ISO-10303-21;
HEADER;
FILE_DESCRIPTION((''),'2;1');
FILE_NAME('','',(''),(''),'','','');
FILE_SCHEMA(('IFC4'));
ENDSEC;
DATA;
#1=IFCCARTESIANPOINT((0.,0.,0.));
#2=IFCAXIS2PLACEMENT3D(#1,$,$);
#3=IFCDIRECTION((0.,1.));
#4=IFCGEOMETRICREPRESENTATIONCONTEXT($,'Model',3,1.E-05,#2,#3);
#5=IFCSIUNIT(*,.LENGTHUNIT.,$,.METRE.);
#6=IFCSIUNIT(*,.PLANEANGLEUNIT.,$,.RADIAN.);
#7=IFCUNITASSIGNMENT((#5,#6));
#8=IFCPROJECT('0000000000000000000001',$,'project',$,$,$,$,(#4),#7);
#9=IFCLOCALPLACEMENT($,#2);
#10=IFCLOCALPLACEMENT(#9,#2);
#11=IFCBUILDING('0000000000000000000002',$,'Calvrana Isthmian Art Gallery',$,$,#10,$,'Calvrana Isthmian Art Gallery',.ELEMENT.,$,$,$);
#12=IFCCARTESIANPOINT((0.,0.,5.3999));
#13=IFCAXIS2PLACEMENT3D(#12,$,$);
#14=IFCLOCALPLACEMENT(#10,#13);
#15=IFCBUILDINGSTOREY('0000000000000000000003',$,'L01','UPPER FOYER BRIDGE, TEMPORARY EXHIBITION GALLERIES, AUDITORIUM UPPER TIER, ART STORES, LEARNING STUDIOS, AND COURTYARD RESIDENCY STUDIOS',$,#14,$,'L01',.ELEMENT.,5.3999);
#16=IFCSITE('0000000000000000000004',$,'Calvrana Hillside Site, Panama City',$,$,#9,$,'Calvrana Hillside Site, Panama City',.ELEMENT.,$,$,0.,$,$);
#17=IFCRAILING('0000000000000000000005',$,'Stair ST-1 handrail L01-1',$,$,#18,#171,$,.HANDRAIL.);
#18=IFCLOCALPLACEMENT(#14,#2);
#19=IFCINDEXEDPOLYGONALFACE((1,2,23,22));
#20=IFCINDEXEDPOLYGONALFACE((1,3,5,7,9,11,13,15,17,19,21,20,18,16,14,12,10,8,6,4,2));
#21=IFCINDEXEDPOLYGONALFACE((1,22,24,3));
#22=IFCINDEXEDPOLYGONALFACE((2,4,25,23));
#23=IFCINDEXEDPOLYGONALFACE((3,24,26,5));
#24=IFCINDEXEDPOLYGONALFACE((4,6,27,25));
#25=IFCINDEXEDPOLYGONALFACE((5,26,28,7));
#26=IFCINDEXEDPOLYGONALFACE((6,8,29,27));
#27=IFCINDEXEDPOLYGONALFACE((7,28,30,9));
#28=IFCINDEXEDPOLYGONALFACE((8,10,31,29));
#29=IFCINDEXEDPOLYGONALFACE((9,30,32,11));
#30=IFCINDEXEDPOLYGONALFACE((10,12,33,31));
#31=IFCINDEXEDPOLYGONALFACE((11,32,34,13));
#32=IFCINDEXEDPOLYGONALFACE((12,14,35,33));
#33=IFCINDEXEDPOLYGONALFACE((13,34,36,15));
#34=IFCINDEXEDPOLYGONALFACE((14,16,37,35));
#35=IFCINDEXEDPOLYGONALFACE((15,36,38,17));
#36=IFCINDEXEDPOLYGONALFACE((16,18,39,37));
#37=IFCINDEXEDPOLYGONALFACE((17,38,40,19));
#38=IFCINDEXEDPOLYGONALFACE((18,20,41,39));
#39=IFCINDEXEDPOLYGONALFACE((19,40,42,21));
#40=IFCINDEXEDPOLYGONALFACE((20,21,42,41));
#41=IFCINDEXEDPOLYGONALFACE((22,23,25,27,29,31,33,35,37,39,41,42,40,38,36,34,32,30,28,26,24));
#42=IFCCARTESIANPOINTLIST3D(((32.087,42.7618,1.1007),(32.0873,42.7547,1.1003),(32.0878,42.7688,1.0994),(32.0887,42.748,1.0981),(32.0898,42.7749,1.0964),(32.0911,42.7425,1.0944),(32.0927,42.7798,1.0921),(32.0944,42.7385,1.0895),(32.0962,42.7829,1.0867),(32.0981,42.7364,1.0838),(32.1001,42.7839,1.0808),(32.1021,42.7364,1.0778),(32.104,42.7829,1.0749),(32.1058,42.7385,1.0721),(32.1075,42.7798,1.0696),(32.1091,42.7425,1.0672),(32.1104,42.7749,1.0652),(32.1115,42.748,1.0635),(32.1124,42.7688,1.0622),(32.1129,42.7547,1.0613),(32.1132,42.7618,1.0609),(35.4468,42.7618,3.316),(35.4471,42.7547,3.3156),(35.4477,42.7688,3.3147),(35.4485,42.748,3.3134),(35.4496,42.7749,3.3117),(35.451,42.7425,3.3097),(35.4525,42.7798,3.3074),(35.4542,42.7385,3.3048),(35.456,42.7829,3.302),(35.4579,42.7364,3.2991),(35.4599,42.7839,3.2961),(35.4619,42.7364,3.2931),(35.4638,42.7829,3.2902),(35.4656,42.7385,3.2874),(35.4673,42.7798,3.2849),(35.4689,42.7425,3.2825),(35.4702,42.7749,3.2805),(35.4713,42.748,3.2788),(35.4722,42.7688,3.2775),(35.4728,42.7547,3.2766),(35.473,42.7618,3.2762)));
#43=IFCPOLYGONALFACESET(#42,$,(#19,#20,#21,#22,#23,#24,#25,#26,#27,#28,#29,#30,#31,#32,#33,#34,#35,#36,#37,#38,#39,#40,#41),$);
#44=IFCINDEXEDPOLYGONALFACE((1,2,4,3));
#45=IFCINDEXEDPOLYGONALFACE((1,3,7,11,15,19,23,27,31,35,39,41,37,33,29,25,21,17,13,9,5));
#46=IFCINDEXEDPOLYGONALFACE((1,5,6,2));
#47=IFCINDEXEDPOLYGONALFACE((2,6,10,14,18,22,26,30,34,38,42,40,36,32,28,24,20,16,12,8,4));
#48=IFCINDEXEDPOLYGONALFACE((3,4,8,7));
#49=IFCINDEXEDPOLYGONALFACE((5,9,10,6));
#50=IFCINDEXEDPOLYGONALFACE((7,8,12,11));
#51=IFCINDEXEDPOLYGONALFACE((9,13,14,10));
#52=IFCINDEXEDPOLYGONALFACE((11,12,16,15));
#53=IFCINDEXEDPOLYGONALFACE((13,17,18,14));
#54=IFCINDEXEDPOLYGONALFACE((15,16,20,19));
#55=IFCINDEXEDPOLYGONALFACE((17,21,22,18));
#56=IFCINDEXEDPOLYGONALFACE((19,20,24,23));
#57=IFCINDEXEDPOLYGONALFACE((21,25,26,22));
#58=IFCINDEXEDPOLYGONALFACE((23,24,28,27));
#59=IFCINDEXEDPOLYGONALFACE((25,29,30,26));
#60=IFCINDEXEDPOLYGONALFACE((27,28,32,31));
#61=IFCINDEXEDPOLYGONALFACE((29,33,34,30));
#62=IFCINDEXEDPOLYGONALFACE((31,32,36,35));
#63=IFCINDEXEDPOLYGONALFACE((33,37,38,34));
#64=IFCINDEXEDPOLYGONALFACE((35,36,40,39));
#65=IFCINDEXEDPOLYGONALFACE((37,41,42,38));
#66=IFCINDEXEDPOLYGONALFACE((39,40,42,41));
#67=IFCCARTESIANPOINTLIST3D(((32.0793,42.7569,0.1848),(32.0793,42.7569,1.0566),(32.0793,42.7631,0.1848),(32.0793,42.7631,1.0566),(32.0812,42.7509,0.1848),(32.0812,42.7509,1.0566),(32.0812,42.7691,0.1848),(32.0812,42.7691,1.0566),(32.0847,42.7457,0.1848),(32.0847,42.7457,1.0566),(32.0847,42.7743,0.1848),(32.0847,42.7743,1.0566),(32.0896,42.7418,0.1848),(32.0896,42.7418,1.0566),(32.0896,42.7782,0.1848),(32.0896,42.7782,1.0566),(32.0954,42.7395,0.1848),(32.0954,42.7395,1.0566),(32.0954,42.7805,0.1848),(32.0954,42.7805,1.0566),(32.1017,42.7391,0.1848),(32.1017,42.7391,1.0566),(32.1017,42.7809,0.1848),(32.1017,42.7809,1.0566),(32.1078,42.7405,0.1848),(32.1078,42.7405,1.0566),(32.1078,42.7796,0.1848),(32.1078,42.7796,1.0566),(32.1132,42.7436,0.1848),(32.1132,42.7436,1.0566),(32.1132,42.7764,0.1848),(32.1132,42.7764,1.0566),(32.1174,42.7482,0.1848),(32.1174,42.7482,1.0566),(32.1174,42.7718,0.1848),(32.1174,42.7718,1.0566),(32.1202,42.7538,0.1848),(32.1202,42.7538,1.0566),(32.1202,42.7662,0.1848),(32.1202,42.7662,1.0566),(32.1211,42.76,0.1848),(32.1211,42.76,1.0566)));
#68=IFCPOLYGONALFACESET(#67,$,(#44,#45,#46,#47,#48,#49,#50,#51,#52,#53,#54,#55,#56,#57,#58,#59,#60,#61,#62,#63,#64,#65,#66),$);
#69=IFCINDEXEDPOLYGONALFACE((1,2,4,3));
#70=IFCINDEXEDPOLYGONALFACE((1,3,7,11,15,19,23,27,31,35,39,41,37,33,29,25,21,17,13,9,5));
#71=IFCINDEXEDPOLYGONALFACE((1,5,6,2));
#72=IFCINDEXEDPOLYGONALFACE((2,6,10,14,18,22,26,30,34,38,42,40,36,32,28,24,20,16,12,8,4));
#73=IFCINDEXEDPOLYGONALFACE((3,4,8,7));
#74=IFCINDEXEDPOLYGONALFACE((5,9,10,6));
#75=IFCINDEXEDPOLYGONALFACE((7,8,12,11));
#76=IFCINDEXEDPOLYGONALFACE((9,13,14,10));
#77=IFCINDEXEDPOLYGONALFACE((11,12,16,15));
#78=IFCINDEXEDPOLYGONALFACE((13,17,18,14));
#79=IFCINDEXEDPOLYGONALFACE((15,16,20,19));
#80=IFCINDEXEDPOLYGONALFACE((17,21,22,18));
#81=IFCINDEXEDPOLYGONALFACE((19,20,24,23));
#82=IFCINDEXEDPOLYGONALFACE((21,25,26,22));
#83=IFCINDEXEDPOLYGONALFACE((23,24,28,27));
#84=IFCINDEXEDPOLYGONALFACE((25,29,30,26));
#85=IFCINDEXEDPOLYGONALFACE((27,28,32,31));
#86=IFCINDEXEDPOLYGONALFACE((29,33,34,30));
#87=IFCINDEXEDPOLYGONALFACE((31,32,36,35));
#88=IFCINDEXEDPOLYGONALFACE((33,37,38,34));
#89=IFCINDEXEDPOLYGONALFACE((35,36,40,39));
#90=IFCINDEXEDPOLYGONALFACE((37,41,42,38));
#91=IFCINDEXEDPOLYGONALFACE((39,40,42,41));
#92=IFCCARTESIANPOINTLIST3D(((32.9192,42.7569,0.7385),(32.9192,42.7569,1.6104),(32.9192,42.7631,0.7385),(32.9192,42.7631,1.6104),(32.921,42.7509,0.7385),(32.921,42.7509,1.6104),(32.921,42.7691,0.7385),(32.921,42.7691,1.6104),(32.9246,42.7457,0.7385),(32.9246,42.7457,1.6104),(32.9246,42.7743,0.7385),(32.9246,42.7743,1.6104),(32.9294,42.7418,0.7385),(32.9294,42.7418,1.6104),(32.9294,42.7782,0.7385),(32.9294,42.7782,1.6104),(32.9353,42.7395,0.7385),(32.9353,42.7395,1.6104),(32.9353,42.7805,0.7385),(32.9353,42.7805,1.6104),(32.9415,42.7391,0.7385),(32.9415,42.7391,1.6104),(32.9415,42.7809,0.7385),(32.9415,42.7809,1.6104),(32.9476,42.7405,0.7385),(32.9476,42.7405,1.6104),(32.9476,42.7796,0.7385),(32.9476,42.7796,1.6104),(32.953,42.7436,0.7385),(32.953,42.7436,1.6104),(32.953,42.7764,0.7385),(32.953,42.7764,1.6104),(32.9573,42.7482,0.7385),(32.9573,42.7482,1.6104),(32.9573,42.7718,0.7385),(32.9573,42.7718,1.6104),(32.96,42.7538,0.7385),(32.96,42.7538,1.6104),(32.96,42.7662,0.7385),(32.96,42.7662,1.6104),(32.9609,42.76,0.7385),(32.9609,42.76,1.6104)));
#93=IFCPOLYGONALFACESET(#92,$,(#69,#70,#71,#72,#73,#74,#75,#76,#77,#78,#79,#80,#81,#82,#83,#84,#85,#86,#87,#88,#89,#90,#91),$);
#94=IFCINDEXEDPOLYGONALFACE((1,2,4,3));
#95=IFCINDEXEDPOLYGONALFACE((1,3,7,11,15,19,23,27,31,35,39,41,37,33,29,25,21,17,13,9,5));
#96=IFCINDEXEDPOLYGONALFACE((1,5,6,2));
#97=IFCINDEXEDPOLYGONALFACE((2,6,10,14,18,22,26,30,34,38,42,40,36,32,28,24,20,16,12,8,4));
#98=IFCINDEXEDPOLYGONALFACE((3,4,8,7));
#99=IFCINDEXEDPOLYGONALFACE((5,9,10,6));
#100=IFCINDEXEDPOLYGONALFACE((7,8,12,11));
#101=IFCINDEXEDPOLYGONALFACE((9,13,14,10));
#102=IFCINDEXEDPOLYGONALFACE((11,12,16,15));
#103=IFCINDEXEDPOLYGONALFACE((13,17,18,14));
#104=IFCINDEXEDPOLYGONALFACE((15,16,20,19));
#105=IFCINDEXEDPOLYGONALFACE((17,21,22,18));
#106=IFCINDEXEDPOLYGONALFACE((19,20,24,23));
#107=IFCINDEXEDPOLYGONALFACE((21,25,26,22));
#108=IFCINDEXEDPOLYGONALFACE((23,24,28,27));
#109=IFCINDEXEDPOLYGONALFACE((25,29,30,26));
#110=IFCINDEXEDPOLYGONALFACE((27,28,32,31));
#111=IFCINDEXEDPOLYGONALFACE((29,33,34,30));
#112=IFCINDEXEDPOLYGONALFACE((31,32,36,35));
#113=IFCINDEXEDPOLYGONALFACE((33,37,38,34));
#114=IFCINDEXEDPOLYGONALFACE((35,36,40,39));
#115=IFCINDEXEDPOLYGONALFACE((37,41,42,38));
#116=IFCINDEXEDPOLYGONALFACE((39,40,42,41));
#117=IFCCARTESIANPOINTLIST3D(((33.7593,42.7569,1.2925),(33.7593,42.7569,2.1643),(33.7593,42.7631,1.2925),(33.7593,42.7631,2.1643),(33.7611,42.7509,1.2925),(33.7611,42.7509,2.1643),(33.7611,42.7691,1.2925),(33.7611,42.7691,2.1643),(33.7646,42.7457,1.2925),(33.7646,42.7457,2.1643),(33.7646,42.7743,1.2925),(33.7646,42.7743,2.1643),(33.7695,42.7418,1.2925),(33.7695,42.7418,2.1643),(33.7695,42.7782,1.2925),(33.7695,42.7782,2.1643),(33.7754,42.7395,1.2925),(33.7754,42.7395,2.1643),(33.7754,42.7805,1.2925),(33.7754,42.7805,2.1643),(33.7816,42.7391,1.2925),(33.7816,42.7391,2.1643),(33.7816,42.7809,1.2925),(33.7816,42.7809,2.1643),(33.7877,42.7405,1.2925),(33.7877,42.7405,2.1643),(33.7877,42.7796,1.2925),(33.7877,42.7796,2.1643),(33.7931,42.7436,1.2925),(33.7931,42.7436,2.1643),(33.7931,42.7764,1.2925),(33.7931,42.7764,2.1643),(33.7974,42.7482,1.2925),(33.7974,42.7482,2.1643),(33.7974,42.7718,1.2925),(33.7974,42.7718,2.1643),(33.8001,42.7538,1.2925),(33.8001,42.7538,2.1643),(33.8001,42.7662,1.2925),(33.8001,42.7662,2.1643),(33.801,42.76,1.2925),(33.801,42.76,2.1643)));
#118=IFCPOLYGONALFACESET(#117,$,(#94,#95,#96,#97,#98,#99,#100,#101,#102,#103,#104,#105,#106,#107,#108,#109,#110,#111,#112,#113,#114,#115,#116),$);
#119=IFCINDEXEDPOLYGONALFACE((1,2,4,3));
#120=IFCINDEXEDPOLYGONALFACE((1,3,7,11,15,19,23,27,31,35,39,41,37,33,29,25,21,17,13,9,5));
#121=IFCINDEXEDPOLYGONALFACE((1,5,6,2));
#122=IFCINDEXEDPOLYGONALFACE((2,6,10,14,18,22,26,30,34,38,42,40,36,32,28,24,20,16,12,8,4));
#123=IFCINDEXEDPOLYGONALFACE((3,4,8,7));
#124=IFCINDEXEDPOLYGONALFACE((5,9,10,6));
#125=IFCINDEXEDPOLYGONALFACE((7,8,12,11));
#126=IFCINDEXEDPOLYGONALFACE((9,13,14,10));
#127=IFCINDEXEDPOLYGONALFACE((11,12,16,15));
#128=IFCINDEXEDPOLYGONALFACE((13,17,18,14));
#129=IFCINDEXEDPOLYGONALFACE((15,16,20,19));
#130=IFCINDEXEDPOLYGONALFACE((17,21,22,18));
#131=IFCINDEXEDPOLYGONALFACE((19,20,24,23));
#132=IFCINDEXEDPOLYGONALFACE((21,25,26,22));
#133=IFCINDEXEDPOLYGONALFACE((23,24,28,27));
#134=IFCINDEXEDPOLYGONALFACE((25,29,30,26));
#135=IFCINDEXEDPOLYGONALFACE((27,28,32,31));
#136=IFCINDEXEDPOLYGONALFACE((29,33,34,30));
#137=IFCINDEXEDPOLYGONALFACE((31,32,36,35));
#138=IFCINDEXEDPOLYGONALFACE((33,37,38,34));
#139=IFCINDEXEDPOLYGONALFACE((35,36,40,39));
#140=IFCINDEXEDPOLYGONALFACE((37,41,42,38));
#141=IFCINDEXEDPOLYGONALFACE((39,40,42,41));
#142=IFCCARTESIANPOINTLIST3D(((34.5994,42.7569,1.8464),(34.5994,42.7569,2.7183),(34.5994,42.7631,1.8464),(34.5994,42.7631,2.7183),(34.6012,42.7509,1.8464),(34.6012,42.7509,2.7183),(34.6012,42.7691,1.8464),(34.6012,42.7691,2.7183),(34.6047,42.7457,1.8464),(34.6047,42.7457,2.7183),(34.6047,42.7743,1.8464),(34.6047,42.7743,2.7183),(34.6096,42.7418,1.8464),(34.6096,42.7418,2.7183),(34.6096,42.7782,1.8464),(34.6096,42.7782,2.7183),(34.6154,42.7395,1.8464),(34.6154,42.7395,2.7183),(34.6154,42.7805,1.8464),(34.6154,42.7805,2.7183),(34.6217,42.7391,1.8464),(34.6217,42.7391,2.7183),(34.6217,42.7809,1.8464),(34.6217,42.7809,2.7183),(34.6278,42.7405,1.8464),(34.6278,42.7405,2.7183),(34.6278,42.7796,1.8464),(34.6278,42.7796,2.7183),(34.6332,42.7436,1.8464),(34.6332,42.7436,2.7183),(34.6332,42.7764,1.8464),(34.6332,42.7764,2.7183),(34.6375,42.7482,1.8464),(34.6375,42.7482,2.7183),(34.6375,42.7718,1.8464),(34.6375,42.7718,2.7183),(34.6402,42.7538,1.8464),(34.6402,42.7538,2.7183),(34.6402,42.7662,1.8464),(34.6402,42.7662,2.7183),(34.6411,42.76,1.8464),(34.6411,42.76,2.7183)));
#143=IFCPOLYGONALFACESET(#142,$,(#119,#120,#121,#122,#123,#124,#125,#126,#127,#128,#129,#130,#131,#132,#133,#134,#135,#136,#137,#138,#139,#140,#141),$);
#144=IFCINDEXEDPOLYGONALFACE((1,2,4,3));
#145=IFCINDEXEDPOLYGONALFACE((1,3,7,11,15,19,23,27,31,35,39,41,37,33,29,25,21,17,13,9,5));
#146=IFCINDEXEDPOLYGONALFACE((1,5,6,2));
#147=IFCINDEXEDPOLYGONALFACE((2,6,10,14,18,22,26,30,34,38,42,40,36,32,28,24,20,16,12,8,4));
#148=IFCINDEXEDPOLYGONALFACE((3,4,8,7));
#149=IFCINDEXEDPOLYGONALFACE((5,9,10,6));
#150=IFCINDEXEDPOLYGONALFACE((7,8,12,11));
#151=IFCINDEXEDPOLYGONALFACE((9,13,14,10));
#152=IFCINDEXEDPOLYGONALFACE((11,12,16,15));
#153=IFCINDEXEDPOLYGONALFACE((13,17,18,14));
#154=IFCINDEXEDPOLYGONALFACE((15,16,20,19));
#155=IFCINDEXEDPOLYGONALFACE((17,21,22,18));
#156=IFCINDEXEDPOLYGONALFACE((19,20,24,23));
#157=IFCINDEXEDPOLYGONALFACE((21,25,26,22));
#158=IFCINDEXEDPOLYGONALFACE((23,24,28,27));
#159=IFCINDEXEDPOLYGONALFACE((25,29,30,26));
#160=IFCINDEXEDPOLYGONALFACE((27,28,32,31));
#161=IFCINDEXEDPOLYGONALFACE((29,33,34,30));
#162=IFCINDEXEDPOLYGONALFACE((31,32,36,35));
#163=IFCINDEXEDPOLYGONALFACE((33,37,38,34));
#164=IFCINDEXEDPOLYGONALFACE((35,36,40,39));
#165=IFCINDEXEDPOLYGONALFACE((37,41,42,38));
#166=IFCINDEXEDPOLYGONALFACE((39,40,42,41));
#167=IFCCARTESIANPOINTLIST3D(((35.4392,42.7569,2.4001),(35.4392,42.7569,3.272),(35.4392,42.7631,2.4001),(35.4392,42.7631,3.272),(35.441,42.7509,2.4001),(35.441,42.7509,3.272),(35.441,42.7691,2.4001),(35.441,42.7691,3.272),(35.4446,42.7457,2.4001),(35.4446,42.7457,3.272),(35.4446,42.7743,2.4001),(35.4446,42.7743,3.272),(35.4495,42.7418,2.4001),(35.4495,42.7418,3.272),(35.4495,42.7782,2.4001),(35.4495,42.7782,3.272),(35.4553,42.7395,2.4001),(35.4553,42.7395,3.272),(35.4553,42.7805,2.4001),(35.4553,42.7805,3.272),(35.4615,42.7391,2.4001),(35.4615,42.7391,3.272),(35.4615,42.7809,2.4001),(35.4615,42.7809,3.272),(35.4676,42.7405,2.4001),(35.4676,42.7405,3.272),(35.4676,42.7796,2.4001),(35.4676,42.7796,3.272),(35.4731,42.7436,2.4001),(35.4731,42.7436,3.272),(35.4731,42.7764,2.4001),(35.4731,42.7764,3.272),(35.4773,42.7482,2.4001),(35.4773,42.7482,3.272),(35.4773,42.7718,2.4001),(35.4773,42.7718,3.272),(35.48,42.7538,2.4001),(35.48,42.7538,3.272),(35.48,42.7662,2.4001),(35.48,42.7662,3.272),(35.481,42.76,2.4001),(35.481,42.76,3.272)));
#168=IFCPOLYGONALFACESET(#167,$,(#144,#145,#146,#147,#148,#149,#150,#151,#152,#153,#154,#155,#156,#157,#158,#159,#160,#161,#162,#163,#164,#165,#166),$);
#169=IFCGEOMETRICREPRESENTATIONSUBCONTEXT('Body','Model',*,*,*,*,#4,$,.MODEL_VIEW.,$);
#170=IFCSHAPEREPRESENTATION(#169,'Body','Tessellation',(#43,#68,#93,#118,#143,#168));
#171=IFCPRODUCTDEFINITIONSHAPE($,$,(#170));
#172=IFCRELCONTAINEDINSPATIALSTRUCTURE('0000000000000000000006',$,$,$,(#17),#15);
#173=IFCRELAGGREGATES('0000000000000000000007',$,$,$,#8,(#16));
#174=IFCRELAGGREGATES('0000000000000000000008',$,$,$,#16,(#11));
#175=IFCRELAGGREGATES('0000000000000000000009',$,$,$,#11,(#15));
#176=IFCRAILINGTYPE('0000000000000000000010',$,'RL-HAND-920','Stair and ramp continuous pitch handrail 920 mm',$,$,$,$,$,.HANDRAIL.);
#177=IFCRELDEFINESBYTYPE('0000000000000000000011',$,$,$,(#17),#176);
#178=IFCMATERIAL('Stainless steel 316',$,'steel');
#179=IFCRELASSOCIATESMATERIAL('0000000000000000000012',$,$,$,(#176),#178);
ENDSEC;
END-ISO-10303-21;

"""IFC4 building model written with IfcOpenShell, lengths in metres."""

from ifc_helpers import new_model, si_unit, direction, frame, origin, origin_2d, place, context, subcontext, project, spatial, circle, extrude, material, type_object, element, save


model = new_model("IFC4")

# Units and contexts
model_context = context("Model", 3, precision=1e-05, world=origin(), true_north=direction((0.0, 1.0)))
body_context = subcontext(model_context, "Body", "Model", "MODEL_VIEW")
ifc_project = project(units=[si_unit("LENGTHUNIT", "METRE"), si_unit("PLANEANGLEUNIT", "RADIAN")], contexts=[model_context])

# Site, building, storey
site_placement = place(None, origin())
site = spatial("IfcSite", under=ifc_project, at=site_placement, Name="Calvrana Hillside Site, Panama City", LongName="Calvrana Hillside Site, Panama City", CompositionType="ELEMENT", RefElevation=0.0)
building_placement = place(site_placement, origin())
building = spatial("IfcBuilding", under=site, at=building_placement, Name="Calvrana Isthmian Art Gallery", LongName="Calvrana Isthmian Art Gallery", CompositionType="ELEMENT")
storey_placement = place(building_placement, frame((0.0, 0.0, 5.3999)))
storey = spatial("IfcBuildingStorey", under=building, at=storey_placement, Name="L01", Description="UPPER FOYER BRIDGE, TEMPORARY EXHIBITION GALLERIES, AUDITORIUM UPPER TIER, ART STORES, LEARNING STUDIOS, AND COURTYARD RESIDENCY STUDIOS", LongName="L01", CompositionType="ELEMENT", Elevation=5.3999)

# Railing
ifc_material_1 = material(Name="Stainless steel 316", Category="steel")
railing_type_1 = type_object("IfcRailingType", Name="RL-HAND-920", Description="Stair and ramp continuous pitch handrail 920 mm", PredefinedType="HANDRAIL", material=ifc_material_1)
railing_1_placement = place(storey_placement, frame((32.1001, 42.76, 0.1848)))
element("IfcRailing", 1, at=railing_1_placement, inside=storey, type_object=railing_type_1, Name="Stair ST-1 handrail L01-1", PredefinedType="HANDRAIL", context=body_context, shape_type="SweptSolid", body=[
    extrude(circle(Radius=0.0239, at=origin_2d()), frame((0.0, 0.0, 0.896), z_axis=(0.834858, 0.0, 0.550465), x_axis=(0.0, 1.0, 0.0)), (0.0, 0.0, 1.0), 4.0244),
    extrude(circle(Radius=0.021, at=origin_2d()), origin(), (0.0, 0.0, 1.0), 0.8718),
    extrude(circle(Radius=0.021, at=origin_2d()), frame((0.8398, 0.0, 0.5537)), (0.0, 0.0, 1.0), 0.8718),
    extrude(circle(Radius=0.021, at=origin_2d()), frame((1.6799, 0.0, 1.1077)), (0.0, 0.0, 1.0), 0.8718),
    extrude(circle(Radius=0.021, at=origin_2d()), frame((2.52, 0.0, 1.6616)), (0.0, 0.0, 1.0), 0.8718),
    extrude(circle(Radius=0.021, at=origin_2d()), frame((3.3599, 0.0, 2.2153)), (0.0, 0.0, 1.0), 0.8718),
])

save(model, "model.ifc")
